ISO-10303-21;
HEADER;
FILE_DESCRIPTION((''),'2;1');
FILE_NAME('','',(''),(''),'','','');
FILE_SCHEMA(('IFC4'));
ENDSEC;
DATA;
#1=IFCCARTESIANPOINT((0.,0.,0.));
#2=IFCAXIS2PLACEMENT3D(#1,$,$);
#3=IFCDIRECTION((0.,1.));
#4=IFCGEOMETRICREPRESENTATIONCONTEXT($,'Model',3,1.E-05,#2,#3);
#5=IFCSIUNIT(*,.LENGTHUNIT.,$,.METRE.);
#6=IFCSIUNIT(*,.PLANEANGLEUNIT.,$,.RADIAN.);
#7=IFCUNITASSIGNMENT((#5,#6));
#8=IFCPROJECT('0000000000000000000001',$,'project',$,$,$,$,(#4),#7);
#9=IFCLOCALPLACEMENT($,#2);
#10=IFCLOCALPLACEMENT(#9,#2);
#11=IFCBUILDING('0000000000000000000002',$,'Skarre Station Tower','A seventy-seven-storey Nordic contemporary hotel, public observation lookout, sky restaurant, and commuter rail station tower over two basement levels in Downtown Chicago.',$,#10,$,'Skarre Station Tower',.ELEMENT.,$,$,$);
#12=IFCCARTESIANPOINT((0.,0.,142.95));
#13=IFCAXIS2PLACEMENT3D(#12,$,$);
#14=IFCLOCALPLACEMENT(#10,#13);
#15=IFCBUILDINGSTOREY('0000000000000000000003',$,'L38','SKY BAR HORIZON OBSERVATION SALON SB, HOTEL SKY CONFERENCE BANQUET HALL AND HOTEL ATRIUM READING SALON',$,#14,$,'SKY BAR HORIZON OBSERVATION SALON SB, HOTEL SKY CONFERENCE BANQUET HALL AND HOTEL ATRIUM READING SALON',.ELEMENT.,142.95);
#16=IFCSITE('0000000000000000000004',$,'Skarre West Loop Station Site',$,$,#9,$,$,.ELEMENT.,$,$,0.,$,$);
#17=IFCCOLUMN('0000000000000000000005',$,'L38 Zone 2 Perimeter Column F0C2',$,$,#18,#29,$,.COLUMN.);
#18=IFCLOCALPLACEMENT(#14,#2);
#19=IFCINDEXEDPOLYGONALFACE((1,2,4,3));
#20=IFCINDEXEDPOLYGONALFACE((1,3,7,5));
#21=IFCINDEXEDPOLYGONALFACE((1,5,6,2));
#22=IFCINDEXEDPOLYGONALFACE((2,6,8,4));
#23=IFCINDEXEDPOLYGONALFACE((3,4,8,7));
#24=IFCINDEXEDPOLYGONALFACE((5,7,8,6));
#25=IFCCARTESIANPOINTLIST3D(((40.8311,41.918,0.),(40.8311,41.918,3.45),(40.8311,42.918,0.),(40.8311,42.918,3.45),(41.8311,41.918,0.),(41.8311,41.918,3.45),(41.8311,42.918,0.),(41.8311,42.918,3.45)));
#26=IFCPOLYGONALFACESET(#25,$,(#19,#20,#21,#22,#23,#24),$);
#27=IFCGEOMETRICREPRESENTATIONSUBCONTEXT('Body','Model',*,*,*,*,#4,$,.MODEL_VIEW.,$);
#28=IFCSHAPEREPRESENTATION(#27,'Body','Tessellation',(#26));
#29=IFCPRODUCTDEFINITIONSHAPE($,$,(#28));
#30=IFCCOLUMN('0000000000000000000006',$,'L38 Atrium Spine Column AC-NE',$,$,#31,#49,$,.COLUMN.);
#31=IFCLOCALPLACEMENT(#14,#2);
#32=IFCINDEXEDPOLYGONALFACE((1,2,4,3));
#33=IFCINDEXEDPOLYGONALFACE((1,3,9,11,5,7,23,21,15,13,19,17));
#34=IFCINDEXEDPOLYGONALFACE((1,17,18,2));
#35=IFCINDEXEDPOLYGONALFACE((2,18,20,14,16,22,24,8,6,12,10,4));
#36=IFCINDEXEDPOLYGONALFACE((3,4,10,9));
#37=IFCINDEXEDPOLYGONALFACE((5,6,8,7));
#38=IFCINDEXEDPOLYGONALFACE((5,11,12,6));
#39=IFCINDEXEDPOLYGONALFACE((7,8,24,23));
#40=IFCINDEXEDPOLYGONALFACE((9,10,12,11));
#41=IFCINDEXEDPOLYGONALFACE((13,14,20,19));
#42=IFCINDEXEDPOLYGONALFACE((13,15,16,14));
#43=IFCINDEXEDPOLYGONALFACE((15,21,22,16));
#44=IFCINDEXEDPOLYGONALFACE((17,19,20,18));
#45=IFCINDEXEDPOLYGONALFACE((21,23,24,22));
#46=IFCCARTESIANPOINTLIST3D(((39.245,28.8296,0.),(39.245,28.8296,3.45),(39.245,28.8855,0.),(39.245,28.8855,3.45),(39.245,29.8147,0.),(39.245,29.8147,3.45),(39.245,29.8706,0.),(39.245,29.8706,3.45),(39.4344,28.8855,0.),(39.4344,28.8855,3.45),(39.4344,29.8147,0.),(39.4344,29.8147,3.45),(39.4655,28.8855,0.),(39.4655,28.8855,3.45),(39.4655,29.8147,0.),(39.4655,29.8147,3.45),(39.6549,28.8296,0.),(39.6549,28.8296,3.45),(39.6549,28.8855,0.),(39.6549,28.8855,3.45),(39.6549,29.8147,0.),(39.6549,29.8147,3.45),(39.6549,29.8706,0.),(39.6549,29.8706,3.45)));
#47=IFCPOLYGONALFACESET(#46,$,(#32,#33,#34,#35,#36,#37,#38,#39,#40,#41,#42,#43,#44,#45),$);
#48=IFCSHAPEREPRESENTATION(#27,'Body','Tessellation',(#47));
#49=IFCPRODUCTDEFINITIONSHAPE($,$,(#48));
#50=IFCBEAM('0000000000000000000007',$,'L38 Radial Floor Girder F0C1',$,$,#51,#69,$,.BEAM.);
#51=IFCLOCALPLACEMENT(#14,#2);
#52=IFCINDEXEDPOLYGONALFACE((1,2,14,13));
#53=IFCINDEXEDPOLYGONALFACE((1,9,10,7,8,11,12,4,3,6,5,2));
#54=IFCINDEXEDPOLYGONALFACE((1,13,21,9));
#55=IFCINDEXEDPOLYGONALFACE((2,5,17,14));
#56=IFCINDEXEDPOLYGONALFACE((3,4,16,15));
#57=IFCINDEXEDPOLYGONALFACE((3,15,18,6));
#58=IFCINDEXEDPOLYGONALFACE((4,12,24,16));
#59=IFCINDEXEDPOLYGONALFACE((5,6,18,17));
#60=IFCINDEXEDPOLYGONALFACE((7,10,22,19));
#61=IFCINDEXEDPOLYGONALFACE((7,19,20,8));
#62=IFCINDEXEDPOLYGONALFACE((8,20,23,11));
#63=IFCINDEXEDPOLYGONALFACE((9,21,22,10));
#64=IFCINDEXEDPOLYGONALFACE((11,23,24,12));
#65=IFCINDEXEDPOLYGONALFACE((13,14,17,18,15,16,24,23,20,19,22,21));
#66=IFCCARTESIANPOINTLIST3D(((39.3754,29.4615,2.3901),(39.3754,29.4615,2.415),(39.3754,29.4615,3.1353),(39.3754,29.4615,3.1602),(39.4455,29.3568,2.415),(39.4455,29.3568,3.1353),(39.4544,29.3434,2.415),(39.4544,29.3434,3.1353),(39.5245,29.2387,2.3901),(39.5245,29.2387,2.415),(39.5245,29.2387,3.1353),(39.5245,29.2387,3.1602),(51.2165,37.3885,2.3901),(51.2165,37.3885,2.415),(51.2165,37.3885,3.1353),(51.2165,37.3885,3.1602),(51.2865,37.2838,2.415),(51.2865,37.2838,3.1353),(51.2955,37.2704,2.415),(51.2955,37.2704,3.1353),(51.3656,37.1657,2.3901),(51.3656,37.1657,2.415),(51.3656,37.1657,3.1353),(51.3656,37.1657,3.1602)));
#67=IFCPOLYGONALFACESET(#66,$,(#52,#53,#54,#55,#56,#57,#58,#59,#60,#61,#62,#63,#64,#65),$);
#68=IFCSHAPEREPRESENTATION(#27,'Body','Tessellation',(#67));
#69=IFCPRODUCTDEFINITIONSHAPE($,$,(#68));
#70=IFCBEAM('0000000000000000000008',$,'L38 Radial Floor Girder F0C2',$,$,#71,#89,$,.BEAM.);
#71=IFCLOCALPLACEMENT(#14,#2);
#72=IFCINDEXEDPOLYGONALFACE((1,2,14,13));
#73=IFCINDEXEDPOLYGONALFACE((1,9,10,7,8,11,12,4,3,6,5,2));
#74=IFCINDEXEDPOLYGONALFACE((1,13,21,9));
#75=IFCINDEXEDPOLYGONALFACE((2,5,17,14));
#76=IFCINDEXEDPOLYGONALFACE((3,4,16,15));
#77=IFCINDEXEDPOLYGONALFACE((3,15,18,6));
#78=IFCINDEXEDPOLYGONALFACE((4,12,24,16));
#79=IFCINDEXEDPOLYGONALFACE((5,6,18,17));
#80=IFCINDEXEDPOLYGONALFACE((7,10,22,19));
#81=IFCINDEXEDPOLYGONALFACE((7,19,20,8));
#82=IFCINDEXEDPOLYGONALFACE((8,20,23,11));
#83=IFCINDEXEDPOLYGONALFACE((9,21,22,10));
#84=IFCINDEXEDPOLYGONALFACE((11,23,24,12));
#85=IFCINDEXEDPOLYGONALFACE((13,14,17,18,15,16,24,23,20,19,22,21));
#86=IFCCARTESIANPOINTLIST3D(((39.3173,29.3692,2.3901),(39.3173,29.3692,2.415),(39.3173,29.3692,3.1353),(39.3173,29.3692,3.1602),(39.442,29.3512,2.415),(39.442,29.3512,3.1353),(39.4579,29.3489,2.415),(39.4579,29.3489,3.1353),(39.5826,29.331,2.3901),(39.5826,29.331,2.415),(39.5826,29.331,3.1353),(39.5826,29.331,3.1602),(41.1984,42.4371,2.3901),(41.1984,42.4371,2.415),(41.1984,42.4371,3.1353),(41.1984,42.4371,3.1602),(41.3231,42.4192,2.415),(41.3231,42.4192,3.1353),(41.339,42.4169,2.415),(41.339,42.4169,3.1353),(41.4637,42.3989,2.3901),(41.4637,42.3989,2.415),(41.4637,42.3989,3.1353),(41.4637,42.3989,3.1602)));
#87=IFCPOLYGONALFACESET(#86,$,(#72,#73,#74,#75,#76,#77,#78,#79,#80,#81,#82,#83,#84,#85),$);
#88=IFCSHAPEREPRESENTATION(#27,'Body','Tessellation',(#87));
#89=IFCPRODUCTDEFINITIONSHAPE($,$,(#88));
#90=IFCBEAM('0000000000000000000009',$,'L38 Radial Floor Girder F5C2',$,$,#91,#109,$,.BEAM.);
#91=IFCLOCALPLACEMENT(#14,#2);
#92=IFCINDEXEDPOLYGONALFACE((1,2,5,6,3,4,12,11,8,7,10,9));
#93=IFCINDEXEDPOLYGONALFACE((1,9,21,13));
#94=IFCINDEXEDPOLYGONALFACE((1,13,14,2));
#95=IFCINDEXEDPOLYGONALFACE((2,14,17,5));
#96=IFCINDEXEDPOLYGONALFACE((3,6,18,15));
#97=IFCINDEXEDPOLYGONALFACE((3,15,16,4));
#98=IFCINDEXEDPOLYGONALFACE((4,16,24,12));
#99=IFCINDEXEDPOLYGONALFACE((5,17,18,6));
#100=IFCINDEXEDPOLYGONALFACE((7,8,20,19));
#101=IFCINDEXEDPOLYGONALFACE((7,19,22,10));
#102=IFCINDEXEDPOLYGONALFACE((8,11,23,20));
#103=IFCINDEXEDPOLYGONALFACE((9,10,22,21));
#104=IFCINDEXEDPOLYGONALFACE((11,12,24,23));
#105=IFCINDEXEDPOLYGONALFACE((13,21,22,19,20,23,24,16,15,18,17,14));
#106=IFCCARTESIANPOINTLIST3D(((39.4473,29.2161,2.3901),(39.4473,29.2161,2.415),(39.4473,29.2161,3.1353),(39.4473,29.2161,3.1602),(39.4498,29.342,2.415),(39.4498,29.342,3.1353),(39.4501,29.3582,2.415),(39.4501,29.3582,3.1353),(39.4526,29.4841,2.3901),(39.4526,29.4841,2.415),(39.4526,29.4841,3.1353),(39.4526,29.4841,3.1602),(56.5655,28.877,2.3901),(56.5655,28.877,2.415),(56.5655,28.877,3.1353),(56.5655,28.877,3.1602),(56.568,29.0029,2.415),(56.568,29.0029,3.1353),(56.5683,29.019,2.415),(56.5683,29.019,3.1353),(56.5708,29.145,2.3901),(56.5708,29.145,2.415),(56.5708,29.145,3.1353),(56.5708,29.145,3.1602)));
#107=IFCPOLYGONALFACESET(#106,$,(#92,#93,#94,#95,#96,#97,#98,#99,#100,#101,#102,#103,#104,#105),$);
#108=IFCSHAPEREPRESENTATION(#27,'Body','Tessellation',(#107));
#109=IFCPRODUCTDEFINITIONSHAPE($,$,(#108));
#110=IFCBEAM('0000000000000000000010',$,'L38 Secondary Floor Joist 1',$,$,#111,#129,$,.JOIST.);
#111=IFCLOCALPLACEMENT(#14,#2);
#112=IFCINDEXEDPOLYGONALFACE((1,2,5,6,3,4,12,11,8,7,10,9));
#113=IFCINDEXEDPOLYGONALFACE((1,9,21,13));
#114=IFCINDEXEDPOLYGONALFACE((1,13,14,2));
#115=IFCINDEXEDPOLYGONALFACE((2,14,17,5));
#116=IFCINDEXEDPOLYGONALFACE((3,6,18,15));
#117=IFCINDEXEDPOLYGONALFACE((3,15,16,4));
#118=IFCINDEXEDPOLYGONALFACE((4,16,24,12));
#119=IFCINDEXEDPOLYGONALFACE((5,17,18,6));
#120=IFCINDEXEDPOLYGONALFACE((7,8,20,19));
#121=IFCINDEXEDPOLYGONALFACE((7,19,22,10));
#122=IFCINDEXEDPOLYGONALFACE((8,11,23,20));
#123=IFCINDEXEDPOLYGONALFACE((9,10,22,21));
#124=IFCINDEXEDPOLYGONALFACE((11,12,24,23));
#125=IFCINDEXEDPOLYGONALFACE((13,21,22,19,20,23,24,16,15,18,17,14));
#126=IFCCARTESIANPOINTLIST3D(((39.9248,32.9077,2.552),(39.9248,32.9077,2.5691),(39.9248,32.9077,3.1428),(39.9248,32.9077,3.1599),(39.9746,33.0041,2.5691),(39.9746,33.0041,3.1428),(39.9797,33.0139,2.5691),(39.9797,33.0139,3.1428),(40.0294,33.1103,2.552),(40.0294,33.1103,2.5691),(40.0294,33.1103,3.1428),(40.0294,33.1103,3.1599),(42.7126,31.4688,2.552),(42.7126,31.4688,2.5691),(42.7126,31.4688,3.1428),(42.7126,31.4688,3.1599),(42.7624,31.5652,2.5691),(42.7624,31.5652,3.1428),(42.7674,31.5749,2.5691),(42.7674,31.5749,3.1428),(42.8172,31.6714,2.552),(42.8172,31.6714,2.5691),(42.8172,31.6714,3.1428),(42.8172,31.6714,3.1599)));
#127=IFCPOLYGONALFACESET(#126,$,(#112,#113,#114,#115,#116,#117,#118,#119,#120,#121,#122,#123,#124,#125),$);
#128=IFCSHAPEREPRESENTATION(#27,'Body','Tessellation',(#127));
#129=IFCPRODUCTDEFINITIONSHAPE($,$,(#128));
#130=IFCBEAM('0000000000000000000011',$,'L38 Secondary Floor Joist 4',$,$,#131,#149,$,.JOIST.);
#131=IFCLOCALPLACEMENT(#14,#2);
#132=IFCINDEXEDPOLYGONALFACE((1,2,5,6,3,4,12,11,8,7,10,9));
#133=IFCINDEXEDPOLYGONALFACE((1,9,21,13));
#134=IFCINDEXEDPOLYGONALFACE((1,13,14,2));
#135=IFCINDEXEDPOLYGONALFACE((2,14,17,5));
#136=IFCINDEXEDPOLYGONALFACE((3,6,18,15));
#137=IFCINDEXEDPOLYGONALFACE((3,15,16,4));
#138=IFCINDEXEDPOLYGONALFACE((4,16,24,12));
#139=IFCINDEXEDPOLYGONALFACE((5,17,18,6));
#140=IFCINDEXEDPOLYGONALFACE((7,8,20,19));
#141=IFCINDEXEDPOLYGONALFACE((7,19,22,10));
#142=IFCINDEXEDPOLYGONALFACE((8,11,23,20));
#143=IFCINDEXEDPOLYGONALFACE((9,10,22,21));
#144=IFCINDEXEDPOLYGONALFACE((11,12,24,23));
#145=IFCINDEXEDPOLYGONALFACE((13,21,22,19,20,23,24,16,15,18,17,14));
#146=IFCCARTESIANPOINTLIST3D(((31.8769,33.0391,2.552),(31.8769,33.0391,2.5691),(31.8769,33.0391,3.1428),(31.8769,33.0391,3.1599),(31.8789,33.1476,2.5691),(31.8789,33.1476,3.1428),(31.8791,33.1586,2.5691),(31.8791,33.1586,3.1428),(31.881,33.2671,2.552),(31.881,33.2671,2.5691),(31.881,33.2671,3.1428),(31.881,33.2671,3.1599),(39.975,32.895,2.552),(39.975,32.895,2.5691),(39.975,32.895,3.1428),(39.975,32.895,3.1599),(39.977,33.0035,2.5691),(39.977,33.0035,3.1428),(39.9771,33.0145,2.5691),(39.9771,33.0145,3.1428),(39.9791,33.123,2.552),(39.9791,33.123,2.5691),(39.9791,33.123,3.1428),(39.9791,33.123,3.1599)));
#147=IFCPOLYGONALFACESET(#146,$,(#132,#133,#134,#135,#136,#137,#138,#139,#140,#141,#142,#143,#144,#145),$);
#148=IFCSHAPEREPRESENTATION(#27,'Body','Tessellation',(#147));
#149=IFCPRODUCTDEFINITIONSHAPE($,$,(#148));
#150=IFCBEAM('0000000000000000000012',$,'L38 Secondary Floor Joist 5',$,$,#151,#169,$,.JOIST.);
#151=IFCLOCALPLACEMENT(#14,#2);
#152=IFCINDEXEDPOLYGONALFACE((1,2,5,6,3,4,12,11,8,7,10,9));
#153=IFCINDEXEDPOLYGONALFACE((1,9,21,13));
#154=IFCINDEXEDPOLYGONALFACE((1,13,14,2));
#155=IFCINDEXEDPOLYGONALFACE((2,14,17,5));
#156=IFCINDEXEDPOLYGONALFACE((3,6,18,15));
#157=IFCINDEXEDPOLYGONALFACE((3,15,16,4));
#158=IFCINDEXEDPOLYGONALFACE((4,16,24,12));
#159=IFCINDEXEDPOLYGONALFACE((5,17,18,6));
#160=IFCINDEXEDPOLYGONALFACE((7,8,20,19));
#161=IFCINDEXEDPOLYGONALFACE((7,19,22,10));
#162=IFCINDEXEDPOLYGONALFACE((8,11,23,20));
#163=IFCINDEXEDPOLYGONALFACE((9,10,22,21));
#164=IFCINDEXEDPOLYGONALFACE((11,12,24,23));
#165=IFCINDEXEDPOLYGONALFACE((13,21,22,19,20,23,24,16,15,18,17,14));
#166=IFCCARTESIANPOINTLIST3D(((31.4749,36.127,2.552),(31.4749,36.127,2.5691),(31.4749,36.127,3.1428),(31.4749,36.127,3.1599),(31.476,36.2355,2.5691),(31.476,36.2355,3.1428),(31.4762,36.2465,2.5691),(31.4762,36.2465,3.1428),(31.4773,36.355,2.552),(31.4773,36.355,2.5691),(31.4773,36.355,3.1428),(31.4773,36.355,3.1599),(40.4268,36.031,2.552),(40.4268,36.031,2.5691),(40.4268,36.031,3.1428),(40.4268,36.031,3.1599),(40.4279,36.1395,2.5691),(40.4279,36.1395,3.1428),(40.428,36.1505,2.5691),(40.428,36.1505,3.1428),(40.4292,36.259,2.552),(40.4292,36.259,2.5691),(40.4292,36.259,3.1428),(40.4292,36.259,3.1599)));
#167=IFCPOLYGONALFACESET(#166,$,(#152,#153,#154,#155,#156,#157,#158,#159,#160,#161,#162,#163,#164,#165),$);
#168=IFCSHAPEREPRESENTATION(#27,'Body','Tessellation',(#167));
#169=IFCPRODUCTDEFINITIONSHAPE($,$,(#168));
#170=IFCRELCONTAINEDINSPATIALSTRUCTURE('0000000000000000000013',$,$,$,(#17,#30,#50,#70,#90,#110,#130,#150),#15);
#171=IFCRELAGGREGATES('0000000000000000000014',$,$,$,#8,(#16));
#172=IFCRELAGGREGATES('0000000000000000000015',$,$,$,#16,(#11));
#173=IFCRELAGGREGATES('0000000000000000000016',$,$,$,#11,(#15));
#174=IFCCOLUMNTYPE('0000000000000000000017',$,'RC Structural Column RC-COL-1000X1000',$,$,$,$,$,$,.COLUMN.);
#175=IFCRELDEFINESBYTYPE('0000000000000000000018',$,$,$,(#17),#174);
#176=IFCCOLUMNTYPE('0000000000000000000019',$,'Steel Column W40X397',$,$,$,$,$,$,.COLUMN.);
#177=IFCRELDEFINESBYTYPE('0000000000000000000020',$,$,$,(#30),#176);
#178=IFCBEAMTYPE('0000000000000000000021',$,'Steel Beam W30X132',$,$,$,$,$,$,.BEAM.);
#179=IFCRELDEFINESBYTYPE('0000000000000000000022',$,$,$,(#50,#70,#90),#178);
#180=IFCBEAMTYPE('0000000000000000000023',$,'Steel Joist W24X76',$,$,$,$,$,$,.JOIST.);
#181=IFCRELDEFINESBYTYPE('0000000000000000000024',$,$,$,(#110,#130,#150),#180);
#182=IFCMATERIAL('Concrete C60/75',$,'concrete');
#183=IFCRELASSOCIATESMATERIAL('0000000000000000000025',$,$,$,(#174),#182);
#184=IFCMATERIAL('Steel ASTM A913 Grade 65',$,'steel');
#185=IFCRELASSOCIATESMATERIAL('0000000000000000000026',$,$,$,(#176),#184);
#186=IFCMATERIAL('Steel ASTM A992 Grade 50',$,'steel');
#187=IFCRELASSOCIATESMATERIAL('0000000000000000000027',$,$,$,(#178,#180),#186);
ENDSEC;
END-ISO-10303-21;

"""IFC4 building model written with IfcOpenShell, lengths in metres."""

from ifc_helpers import new_model, si_unit, direction, frame, origin, origin_2d, place, context, subcontext, project, spatial, rectangle, i_section, extrude, material, material_profile, profile_set, type_object, element, save


model = new_model("IFC4")

# Units and contexts
model_context = context("Model", 3, precision=1e-05, world=origin(), true_north=direction((0.0, 1.0)))
body_context = subcontext(model_context, "Body", "Model", "MODEL_VIEW")
ifc_project = project(units=[si_unit("LENGTHUNIT", "METRE"), si_unit("PLANEANGLEUNIT", "RADIAN")], contexts=[model_context])

# Site, building, storey
site_placement = place(None, origin())
site = spatial("IfcSite", under=ifc_project, at=site_placement, Name="Skarre West Loop Station Site", CompositionType="ELEMENT", RefElevation=0.0)
building_placement = place(site_placement, origin())
building = spatial("IfcBuilding", under=site, at=building_placement, Name="Skarre Station Tower", Description="A seventy-seven-storey Nordic contemporary hotel, public observation lookout, sky restaurant, and commuter rail station tower over two basement levels in Downtown Chicago.", LongName="Skarre Station Tower", CompositionType="ELEMENT")
storey_placement = place(building_placement, frame((0.0, 0.0, 142.95)))
storey = spatial("IfcBuildingStorey", under=building, at=storey_placement, Name="L38", Description="SKY BAR HORIZON OBSERVATION SALON SB, HOTEL SKY CONFERENCE BANQUET HALL AND HOTEL ATRIUM READING SALON", LongName="SKY BAR HORIZON OBSERVATION SALON SB, HOTEL SKY CONFERENCE BANQUET HALL AND HOTEL ATRIUM READING SALON", CompositionType="ELEMENT", Elevation=142.95)

# Columns
ifc_material_1 = material(Name="Concrete C60/75", Category="concrete")
ifc_material_profile_1 = material_profile(ifc_material_1, rectangle(XDim=1.0, YDim=1.0, at=origin_2d()), Name="Concrete C60/75")
ifc_profile_set_1 = profile_set([ifc_material_profile_1], Name="Concrete C60/75")
column_type_1 = type_object("IfcColumnType", Name="RC Structural Column RC-COL-1000X1000", PredefinedType="COLUMN", material=ifc_profile_set_1)
column_1_placement = place(storey_placement, frame((41.3311, 42.418, 0.0), z_axis=(0.0, 0.0, 1.0), x_axis=(1.0, 0.0, 0.0)))
element("IfcColumn", 1, at=column_1_placement, inside=storey, type_object=column_type_1, Name="L38 Zone 2 Perimeter Column F0C2", PredefinedType="COLUMN", context=body_context, shape_type="SweptSolid", body=[
    extrude(rectangle(XDim=1.0, YDim=1.0, at=origin_2d()), origin(), (0.0, 0.0, 1.0), 3.45),
])
ifc_material_2 = material(Name="Steel ASTM A913 Grade 65", Category="steel")
ifc_material_profile_2 = material_profile(ifc_material_2, i_section(OverallWidth=0.4099, OverallDepth=1.041, WebThickness=0.031, FlangeThickness=0.0559, at=origin_2d()), Name="Steel ASTM A913 Grade 65")
ifc_profile_set_2 = profile_set([ifc_material_profile_2], Name="Steel ASTM A913 Grade 65")
column_type_2 = type_object("IfcColumnType", Name="Steel Column W40X397", PredefinedType="COLUMN", material=ifc_profile_set_2)
column_2_placement = place(storey_placement, frame((39.45, 29.3501, 0.0), z_axis=(0.0, 0.0, 1.0), x_axis=(1.0, 0.0, 0.0)))
element("IfcColumn", 2, at=column_2_placement, inside=storey, type_object=column_type_2, Name="L38 Atrium Spine Column AC-NE", PredefinedType="COLUMN", context=body_context, shape_type="SweptSolid", body=[
    extrude(i_section(OverallWidth=0.4099, OverallDepth=1.041, WebThickness=0.031, FlangeThickness=0.0559, at=origin_2d()), origin(), (0.0, 0.0, 1.0), 3.45),
])

# Beams
ifc_material_3 = material(Name="Steel ASTM A992 Grade 50", Category="steel")
ifc_material_profile_3 = material_profile(ifc_material_3, i_section(OverallWidth=0.2681, OverallDepth=0.77, WebThickness=0.0161, FlangeThickness=0.0249, at=origin_2d()), Name="Steel ASTM A992 Grade 50")
ifc_profile_set_3 = profile_set([ifc_material_profile_3], Name="Steel ASTM A992 Grade 50")
beam_type_1 = type_object("IfcBeamType", Name="Steel Beam W30X132", PredefinedType="BEAM", material=ifc_profile_set_3)
beam_1_placement = place(storey_placement, frame((39.45, 29.3501, 2.7751), z_axis=(0.830981, 0.5563, 0.0), x_axis=(-0.5563, 0.830981, 0.0)))
element("IfcBeam", 3, at=beam_1_placement, inside=storey, type_object=beam_type_1, Name="L38 Radial Floor Girder F0C1", PredefinedType="BEAM", context=body_context, shape_type="SweptSolid", body=[
    extrude(i_section(OverallWidth=0.2681, OverallDepth=0.77, WebThickness=0.0161, FlangeThickness=0.0249, at=origin_2d()), origin(), (0.0, 0.0, 1.0), 14.2495),
])
beam_2_placement = place(storey_placement, frame((39.45, 29.3501, 2.7751), z_axis=(0.14248, 0.989798, 0.0), x_axis=(-0.989798, 0.14248, 0.0)))
element("IfcBeam", 4, at=beam_2_placement, inside=storey, type_object=beam_type_1, Name="L38 Radial Floor Girder F0C2", PredefinedType="BEAM", context=body_context, shape_type="SweptSolid", body=[
    extrude(i_section(OverallWidth=0.2681, OverallDepth=0.77, WebThickness=0.0161, FlangeThickness=0.0249, at=origin_2d()), origin(), (0.0, 0.0, 1.0), 13.2026),
])
beam_3_placement = place(storey_placement, frame((39.45, 29.3501, 2.7751), z_axis=(0.999804, -0.019806, 0.0), x_axis=(0.019806, 0.999804, 0.0)))
element("IfcBeam", 5, at=beam_3_placement, inside=storey, type_object=beam_type_1, Name="L38 Radial Floor Girder F5C2", PredefinedType="BEAM", context=body_context, shape_type="SweptSolid", body=[
    extrude(i_section(OverallWidth=0.2681, OverallDepth=0.77, WebThickness=0.0161, FlangeThickness=0.0249, at=origin_2d()), origin(), (0.0, 0.0, 1.0), 17.1216),
])
ifc_material_profile_4 = material_profile(ifc_material_3, i_section(OverallWidth=0.228, OverallDepth=0.6079, WebThickness=0.011, FlangeThickness=0.0171, at=origin_2d()), Name="Steel ASTM A992 Grade 50")
ifc_profile_set_4 = profile_set([ifc_material_profile_4], Name="Steel ASTM A992 Grade 50")
beam_type_2 = type_object("IfcBeamType", Name="Steel Joist W24X76", PredefinedType="JOIST", material=ifc_profile_set_4)
beam_4_placement = place(storey_placement, frame((42.7649, 31.5701, 2.856), z_axis=(-0.88861, 0.458663, 0.0), x_axis=(-0.458663, -0.88861, 0.0)))
element("IfcBeam", 6, at=beam_4_placement, inside=storey, type_object=beam_type_2, Name="L38 Secondary Floor Joist 1", PredefinedType="JOIST", context=body_context, shape_type="SweptSolid", body=[
    extrude(i_section(OverallWidth=0.228, OverallDepth=0.6079, WebThickness=0.011, FlangeThickness=0.0171, at=origin_2d()), origin(), (0.0, 0.0, 1.0), 3.1372),
])
beam_5_placement = place(storey_placement, frame((39.9771, 33.009, 2.856), z_axis=(-0.999842, 0.017784, 0.0), x_axis=(-0.017784, -0.999842, 0.0)))
element("IfcBeam", 7, at=beam_5_placement, inside=storey, type_object=beam_type_2, Name="L38 Secondary Floor Joist 4", PredefinedType="JOIST", context=body_context, shape_type="SweptSolid", body=[
    extrude(i_section(OverallWidth=0.228, OverallDepth=0.6079, WebThickness=0.011, FlangeThickness=0.0171, at=origin_2d()), origin(), (0.0, 0.0, 1.0), 8.0994),
])
beam_6_placement = place(storey_placement, frame((40.428, 36.145, 2.856), z_axis=(-0.999943, 0.010717, 0.0), x_axis=(-0.010717, -0.999943, 0.0)))
element("IfcBeam", 8, at=beam_6_placement, inside=storey, type_object=beam_type_2, Name="L38 Secondary Floor Joist 5", PredefinedType="JOIST", context=body_context, shape_type="SweptSolid", body=[
    extrude(i_section(OverallWidth=0.228, OverallDepth=0.6079, WebThickness=0.011, FlangeThickness=0.0171, at=origin_2d()), origin(), (0.0, 0.0, 1.0), 8.9524),
])

save(model, "model.ifc")
